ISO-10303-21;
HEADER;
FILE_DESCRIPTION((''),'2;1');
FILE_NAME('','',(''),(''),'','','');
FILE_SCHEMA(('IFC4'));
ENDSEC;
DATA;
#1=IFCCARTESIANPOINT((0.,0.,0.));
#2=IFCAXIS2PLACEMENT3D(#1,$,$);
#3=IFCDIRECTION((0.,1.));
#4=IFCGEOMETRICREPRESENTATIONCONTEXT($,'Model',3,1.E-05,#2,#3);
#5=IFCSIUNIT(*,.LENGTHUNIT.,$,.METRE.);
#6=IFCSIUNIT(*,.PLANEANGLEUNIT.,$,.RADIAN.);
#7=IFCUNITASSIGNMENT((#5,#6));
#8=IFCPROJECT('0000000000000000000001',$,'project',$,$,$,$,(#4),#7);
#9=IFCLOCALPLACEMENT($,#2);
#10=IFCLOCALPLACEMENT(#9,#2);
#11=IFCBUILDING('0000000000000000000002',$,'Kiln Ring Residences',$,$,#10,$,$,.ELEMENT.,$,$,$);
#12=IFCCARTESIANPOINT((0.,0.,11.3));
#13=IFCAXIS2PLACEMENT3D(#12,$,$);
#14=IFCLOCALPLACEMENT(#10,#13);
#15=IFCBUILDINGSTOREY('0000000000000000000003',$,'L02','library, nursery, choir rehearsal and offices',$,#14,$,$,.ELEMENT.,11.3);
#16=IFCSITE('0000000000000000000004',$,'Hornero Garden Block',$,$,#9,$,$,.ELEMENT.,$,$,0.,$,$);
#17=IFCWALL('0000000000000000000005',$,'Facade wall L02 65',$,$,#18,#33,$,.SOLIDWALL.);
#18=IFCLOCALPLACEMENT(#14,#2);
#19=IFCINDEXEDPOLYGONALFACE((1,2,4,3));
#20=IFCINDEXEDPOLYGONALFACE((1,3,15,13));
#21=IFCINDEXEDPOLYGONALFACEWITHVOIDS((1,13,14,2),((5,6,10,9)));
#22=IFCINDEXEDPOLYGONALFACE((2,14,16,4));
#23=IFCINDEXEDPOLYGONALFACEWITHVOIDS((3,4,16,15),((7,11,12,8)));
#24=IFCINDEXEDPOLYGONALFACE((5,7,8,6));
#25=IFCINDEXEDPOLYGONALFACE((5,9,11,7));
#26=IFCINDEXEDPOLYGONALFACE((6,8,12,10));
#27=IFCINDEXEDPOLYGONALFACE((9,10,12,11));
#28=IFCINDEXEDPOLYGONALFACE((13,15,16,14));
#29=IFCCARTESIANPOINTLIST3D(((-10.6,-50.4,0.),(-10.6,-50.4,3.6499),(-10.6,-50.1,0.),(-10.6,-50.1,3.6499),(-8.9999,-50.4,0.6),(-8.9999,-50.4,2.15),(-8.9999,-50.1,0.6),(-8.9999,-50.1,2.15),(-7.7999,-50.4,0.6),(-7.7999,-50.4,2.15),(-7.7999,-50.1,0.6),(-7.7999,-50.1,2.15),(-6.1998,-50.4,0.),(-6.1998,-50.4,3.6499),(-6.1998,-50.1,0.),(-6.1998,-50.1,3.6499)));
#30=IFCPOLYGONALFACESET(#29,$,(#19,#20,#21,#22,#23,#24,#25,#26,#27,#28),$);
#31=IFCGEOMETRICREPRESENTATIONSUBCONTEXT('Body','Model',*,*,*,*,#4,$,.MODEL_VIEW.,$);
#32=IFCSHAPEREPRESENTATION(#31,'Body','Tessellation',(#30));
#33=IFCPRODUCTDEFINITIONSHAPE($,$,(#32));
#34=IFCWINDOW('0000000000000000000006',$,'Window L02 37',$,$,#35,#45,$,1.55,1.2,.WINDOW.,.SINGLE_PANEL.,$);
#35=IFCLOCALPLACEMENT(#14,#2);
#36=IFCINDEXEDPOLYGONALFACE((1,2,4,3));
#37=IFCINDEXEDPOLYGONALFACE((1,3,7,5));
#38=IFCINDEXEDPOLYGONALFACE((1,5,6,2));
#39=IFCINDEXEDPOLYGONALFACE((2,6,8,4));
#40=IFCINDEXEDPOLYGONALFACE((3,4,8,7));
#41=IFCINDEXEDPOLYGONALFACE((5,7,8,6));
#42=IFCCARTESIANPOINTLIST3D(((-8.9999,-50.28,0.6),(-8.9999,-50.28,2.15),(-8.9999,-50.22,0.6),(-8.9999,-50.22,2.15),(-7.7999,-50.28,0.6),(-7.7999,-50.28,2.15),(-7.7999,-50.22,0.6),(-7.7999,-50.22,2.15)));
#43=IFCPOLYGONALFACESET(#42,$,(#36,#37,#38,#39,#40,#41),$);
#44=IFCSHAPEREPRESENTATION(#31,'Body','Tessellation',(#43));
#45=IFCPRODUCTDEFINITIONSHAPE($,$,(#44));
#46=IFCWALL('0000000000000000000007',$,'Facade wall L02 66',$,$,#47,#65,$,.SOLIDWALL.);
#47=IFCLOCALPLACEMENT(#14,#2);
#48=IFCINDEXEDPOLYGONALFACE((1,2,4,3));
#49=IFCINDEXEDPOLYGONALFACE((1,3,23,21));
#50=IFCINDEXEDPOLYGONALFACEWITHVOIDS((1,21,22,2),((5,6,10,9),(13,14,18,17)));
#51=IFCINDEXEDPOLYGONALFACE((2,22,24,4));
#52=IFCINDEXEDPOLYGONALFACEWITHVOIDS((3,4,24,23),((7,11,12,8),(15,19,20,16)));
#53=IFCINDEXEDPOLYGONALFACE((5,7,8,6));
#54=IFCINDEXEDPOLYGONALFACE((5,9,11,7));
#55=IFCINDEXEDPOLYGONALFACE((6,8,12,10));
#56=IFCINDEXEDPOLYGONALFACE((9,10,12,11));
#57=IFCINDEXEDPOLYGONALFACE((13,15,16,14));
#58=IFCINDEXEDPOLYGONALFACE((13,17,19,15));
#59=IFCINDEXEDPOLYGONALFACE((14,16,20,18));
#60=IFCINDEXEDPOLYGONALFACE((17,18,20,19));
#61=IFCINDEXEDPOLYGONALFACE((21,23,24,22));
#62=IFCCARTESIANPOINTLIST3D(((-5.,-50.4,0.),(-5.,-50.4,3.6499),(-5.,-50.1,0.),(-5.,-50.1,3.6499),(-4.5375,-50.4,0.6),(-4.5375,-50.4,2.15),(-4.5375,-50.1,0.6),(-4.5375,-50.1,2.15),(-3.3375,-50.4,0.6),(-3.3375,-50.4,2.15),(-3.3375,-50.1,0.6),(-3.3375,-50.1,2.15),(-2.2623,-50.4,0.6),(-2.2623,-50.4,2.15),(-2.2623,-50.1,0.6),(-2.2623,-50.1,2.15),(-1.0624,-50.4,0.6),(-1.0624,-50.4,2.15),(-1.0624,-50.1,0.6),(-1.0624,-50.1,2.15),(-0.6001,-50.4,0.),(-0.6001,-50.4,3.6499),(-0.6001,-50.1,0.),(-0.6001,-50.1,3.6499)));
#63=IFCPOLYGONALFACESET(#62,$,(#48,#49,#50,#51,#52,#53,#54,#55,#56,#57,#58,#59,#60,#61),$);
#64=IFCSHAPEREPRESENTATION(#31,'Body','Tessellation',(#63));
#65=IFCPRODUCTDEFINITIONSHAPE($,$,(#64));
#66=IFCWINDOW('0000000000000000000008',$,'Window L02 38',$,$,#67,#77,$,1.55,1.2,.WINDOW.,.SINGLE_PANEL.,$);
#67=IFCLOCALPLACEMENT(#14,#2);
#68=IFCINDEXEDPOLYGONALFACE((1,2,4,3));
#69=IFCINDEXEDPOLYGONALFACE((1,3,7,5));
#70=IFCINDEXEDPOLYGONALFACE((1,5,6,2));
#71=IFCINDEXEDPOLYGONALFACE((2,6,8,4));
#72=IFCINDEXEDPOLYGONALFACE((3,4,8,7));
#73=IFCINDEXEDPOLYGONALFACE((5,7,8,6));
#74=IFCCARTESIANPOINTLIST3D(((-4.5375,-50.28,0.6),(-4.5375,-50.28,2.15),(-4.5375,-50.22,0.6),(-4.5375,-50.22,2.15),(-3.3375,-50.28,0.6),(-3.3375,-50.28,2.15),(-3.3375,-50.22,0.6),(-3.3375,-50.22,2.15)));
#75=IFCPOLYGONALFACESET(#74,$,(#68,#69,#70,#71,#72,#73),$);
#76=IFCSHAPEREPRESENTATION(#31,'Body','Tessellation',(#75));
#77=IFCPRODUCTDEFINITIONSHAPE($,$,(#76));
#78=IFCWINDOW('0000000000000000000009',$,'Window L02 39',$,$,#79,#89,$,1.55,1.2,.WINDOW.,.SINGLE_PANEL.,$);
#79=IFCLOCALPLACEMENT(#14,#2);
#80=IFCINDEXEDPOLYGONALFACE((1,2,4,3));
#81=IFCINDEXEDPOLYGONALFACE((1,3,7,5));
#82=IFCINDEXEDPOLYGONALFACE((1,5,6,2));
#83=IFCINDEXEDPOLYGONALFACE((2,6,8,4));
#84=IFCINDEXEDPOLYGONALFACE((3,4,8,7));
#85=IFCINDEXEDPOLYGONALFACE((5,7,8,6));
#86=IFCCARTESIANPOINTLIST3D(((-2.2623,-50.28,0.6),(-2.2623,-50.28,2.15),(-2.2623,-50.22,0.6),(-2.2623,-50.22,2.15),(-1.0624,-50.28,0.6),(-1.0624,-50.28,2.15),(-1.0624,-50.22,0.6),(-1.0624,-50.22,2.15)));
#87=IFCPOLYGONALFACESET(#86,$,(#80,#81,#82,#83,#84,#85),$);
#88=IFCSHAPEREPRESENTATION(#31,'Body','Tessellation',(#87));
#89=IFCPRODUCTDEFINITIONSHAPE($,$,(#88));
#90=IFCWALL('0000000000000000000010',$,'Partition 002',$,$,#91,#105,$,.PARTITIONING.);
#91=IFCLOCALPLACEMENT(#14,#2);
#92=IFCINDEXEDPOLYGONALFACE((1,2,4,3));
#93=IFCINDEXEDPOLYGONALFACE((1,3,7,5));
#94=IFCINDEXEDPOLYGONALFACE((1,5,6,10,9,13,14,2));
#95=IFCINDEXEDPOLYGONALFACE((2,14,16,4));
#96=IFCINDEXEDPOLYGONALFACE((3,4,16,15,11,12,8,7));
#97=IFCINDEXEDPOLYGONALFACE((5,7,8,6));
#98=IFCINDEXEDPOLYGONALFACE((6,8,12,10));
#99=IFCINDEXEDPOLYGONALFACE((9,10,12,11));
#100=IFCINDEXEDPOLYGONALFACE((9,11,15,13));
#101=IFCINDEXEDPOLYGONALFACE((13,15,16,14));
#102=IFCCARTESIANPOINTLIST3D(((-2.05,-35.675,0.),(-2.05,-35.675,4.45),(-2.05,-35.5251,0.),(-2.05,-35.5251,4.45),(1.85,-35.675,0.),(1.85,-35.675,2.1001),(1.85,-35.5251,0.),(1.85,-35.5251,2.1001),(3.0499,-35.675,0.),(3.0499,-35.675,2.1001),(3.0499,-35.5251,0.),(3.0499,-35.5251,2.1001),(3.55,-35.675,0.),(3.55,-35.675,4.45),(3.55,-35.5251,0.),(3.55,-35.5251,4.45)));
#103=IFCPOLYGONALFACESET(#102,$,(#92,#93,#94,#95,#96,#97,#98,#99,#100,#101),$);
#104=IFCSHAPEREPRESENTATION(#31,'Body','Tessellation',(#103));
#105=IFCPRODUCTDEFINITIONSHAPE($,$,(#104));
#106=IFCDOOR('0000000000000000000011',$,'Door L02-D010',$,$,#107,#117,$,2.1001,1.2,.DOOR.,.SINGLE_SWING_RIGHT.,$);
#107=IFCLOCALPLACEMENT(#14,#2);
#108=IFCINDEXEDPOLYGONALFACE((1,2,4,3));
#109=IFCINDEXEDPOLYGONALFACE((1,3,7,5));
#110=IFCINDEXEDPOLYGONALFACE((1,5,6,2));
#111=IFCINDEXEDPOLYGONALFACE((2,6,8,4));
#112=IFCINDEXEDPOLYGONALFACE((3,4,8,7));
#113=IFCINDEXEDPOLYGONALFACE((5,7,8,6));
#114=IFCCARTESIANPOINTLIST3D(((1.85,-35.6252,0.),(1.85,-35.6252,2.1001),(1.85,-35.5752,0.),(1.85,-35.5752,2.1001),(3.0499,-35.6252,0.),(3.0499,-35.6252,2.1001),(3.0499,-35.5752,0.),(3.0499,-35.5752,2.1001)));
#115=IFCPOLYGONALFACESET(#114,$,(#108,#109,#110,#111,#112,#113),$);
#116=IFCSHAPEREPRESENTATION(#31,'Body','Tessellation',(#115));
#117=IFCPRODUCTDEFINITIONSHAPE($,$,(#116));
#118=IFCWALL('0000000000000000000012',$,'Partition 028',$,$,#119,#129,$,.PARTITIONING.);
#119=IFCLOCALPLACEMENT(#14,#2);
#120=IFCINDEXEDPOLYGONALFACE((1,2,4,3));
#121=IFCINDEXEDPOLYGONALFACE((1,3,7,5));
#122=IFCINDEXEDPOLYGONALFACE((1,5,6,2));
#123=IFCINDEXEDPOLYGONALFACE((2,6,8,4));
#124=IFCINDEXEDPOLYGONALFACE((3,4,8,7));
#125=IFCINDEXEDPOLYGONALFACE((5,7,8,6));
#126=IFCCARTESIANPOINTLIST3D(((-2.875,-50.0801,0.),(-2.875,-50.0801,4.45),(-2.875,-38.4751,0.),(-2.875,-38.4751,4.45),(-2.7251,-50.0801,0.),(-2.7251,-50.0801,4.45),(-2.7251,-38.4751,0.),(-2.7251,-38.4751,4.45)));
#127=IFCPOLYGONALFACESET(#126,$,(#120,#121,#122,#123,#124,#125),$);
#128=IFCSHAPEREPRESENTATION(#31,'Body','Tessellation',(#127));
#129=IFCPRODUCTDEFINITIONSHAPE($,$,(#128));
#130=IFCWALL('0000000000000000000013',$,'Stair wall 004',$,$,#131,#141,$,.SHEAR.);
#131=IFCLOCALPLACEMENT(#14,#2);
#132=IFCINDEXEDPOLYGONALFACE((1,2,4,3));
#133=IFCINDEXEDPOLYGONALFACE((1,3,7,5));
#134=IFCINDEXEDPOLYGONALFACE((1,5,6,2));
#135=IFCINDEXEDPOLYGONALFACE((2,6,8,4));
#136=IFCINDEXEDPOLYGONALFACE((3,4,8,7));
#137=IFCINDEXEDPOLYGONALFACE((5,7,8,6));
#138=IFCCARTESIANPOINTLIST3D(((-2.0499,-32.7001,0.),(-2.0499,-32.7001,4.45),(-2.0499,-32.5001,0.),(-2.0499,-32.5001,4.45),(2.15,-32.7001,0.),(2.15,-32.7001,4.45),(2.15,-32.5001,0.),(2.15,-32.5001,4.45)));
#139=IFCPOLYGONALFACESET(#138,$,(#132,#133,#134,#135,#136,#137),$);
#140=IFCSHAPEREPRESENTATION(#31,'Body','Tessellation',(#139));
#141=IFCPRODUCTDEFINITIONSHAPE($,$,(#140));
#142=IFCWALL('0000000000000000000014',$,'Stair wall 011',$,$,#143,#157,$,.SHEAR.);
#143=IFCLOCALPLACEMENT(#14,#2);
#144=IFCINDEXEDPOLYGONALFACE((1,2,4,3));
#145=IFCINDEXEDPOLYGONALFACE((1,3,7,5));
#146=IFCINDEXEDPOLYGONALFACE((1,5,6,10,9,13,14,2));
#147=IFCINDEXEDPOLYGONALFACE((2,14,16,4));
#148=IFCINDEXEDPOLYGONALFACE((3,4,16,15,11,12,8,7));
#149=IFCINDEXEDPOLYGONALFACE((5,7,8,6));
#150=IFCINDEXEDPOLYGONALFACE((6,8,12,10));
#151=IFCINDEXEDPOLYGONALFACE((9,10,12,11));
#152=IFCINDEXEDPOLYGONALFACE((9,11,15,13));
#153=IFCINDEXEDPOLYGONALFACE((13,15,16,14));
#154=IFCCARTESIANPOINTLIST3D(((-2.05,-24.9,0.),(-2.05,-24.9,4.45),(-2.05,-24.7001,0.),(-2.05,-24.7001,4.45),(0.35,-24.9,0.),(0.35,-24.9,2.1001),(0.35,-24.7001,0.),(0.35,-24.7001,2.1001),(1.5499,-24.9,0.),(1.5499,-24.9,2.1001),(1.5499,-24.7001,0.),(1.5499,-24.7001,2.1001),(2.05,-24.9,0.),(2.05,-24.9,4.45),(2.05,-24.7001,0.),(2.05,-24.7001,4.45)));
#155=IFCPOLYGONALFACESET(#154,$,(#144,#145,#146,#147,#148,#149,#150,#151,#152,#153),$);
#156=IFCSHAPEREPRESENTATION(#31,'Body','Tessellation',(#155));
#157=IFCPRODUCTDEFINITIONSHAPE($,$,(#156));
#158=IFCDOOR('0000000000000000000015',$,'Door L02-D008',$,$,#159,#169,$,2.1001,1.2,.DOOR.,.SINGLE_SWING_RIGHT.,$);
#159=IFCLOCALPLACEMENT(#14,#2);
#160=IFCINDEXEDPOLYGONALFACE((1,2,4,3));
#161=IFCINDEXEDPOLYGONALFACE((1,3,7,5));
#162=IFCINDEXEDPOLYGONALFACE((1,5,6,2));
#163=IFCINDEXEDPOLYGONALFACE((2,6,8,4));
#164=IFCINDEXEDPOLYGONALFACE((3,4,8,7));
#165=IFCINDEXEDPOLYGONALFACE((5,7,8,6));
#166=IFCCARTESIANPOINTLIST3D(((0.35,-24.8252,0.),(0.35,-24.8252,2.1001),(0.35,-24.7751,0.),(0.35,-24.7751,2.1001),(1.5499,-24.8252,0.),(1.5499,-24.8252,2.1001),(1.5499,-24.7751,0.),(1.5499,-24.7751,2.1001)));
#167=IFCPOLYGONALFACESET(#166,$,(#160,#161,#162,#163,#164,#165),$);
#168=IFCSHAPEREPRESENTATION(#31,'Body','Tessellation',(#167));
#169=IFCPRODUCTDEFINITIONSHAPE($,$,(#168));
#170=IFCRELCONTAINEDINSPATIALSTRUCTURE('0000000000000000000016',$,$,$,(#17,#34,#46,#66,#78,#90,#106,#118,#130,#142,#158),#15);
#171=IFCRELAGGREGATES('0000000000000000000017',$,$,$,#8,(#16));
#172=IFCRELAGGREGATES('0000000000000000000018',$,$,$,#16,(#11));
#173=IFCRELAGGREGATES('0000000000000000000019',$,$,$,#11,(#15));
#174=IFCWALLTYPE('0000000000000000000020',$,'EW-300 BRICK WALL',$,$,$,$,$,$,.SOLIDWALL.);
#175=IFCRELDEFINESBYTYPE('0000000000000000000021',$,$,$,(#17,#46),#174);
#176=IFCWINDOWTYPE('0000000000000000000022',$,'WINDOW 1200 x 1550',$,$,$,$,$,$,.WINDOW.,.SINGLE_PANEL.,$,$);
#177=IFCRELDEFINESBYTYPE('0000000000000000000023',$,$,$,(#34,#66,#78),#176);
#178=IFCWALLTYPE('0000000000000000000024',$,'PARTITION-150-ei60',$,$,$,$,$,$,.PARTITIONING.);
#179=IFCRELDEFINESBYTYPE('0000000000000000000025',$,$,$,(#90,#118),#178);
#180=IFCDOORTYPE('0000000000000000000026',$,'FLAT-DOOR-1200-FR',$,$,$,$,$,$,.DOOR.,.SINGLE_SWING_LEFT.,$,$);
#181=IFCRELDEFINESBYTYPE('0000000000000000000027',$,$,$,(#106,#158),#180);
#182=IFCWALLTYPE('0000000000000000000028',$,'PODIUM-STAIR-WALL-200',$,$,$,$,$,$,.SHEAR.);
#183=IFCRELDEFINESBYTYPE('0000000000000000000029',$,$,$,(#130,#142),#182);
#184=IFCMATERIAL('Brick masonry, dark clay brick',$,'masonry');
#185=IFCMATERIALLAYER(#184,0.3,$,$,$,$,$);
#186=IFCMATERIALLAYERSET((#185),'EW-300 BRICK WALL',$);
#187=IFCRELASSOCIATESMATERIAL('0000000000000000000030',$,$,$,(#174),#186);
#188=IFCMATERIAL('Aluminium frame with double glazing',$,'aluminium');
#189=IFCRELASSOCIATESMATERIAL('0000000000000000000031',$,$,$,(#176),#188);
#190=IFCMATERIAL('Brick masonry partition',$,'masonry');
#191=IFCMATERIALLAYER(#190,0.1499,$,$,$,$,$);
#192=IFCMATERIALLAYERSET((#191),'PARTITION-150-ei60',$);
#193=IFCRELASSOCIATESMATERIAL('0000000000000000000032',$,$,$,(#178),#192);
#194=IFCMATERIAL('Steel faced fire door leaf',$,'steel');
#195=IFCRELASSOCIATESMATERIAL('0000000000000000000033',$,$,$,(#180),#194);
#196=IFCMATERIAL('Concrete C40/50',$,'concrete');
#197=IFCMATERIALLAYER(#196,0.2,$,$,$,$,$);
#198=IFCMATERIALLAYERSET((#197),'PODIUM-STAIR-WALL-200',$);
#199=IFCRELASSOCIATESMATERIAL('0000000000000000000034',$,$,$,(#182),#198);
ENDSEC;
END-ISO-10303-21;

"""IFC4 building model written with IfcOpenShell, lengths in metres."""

from ifc_helpers import new_model, si_unit, direction, frame, frame_2d, origin, place, context, subcontext, project, spatial, rectangle, extrude, material, layer, layer_set, type_object, element, fill, save


model = new_model("IFC4")

# Units and contexts
model_context = context("Model", 3, precision=1e-05, world=origin(), true_north=direction((0.0, 1.0)))
body_context = subcontext(model_context, "Body", "Model", "MODEL_VIEW")
ifc_project = project(units=[si_unit("LENGTHUNIT", "METRE"), si_unit("PLANEANGLEUNIT", "RADIAN")], contexts=[model_context])

# Site, building, storey
site_placement = place(None, origin())
site = spatial("IfcSite", under=ifc_project, at=site_placement, Name="Hornero Garden Block", CompositionType="ELEMENT", RefElevation=0.0)
building_placement = place(site_placement, origin())
building = spatial("IfcBuilding", under=site, at=building_placement, Name="Kiln Ring Residences", CompositionType="ELEMENT")
storey_placement = place(building_placement, frame((0.0, 0.0, 11.3)))
storey = spatial("IfcBuildingStorey", under=building, at=storey_placement, Name="L02", Description="library, nursery, choir rehearsal and offices", CompositionType="ELEMENT", Elevation=11.3)

# Wall, opening, window
ifc_material_1 = material(Name="Brick masonry, dark clay brick", Category="masonry")
ifc_layer_1 = layer(ifc_material_1, 0.3)
ifc_layer_set_1 = layer_set([ifc_layer_1], Name="EW-300 BRICK WALL")
wall_type_1 = type_object("IfcWallType", Name="EW-300 BRICK WALL", PredefinedType="SOLIDWALL", material=ifc_layer_set_1)
wall_1_placement = place(storey_placement, frame((-10.6001, -50.25, 0.0), z_axis=(0.0, 0.0, 1.0), x_axis=(1.0, 0.0, 0.0)))
wall_1 = element("IfcWall", 1, at=wall_1_placement, inside=storey, type_object=wall_type_1, Name="Facade wall L02 65", PredefinedType="SOLIDWALL", context=body_context, shape_type="SweptSolid", body=[
    extrude(rectangle(XDim=4.4001, YDim=0.3, at=frame_2d((2.2002, 0.0))), origin(), (0.0, 0.0, 1.0), 3.6499),
])
opening_1_placement = place(wall_1_placement, frame((1.6001, 0.0, 0.6001)))
opening_1 = element("IfcOpeningElement", 2, at=opening_1_placement, cuts=wall_1, PredefinedType="OPENING", context=body_context, shape_type="SweptSolid", body=[
    extrude(rectangle(XDim=1.2, YDim=1.55, at=frame_2d((0.6001, 0.7749))), frame((0.0, 0.1599, 0.0), z_axis=(0.0, -1.0, 0.0), x_axis=(1.0, 0.0, 0.0)), (0.0, 0.0, 1.0), 0.3201),
])
ifc_material_2 = material(Name="Aluminium frame with double glazing", Category="aluminium")
window_type = type_object("IfcWindowType", Name="WINDOW 1200 x 1550", PartitioningType="SINGLE_PANEL", PredefinedType="WINDOW", material=ifc_material_2)
window_1_placement = place(opening_1_placement, origin())
window_1 = element("IfcWindow", 3, at=window_1_placement, inside=storey, type_object=window_type, Name="Window L02 37", OverallHeight=1.55, OverallWidth=1.2, PartitioningType="SINGLE_PANEL", PredefinedType="WINDOW", context=body_context, shape_type="SweptSolid", body=[
    extrude(rectangle(XDim=1.2, YDim=1.55, at=frame_2d((0.6001, 0.7749))), frame((0.0, 0.03, 0.0), z_axis=(0.0, -1.0, 0.0), x_axis=(1.0, 0.0, 0.0)), (0.0, 0.0, 1.0), 0.0601),
])
fill(opening_1, window_1)

# Wall, openings, windows
wall_2_placement = place(storey_placement, frame((-5.0, -50.25, 0.0), z_axis=(0.0, 0.0, 1.0), x_axis=(1.0, 0.0, 0.0)))
wall_2 = element("IfcWall", 4, at=wall_2_placement, inside=storey, type_object=wall_type_1, Name="Facade wall L02 66", PredefinedType="SOLIDWALL", context=body_context, shape_type="SweptSolid", body=[
    extrude(rectangle(XDim=4.3999, YDim=0.3, at=frame_2d((2.2, 0.0))), origin(), (0.0, 0.0, 1.0), 3.6499),
])
opening_2_placement = place(wall_2_placement, frame((0.4624, 0.0, 0.6001)))
opening_2 = element("IfcOpeningElement", 5, at=opening_2_placement, cuts=wall_2, PredefinedType="OPENING", context=body_context, shape_type="SweptSolid", body=[
    extrude(rectangle(XDim=1.2, YDim=1.55, at=frame_2d((0.6001, 0.7749))), frame((0.0, 0.1599, 0.0), z_axis=(0.0, -1.0, 0.0), x_axis=(1.0, 0.0, 0.0)), (0.0, 0.0, 1.0), 0.3201),
])
opening_3_placement = place(wall_2_placement, frame((2.7375, 0.0, 0.6001)))
opening_3 = element("IfcOpeningElement", 6, at=opening_3_placement, cuts=wall_2, PredefinedType="OPENING", context=body_context, shape_type="SweptSolid", body=[
    extrude(rectangle(XDim=1.2, YDim=1.55, at=frame_2d((0.6001, 0.7749))), frame((0.0, 0.1599, 0.0), z_axis=(0.0, -1.0, 0.0), x_axis=(1.0, 0.0, 0.0)), (0.0, 0.0, 1.0), 0.3201),
])
window_2_placement = place(opening_2_placement, origin())
window_2 = element("IfcWindow", 7, at=window_2_placement, inside=storey, type_object=window_type, Name="Window L02 38", OverallHeight=1.55, OverallWidth=1.2, PartitioningType="SINGLE_PANEL", PredefinedType="WINDOW", context=body_context, shape_type="SweptSolid", body=[
    extrude(rectangle(XDim=1.2, YDim=1.55, at=frame_2d((0.6001, 0.7749))), frame((0.0, 0.03, 0.0), z_axis=(0.0, -1.0, 0.0), x_axis=(1.0, 0.0, 0.0)), (0.0, 0.0, 1.0), 0.0601),
])
fill(opening_2, window_2)
window_3_placement = place(opening_3_placement, origin())
window_3 = element("IfcWindow", 8, at=window_3_placement, inside=storey, type_object=window_type, Name="Window L02 39", OverallHeight=1.55, OverallWidth=1.2, PartitioningType="SINGLE_PANEL", PredefinedType="WINDOW", context=body_context, shape_type="SweptSolid", body=[
    extrude(rectangle(XDim=1.2, YDim=1.55, at=frame_2d((0.6001, 0.7749))), frame((0.0, 0.03, 0.0), z_axis=(0.0, -1.0, 0.0), x_axis=(1.0, 0.0, 0.0)), (0.0, 0.0, 1.0), 0.0601),
])
fill(opening_3, window_3)

# Wall, opening, door
ifc_material_3 = material(Name="Brick masonry partition", Category="masonry")
ifc_layer_2 = layer(ifc_material_3, 0.1499)
ifc_layer_set_2 = layer_set([ifc_layer_2], Name="PARTITION-150-ei60")
wall_type_2 = type_object("IfcWallType", Name="PARTITION-150-ei60", PredefinedType="PARTITIONING", material=ifc_layer_set_2)
wall_3_placement = place(storey_placement, frame((-2.05, -35.6001, 0.0), z_axis=(0.0, 0.0, 1.0), x_axis=(1.0, 0.0, 0.0)))
wall_3 = element("IfcWall", 9, at=wall_3_placement, inside=storey, type_object=wall_type_2, Name="Partition 002", PredefinedType="PARTITIONING", context=body_context, shape_type="SweptSolid", body=[
    extrude(rectangle(XDim=5.6001, YDim=0.1499, at=frame_2d((2.8, 0.0))), origin(), (0.0, 0.0, 1.0), 4.45),
])
opening_4_placement = place(wall_3_placement, frame((3.8999, 0.0, 0.0)))
opening_4 = element("IfcOpeningElement", 10, at=opening_4_placement, cuts=wall_3, PredefinedType="OPENING", context=body_context, shape_type="SweptSolid", body=[
    extrude(rectangle(XDim=1.2, YDim=2.1001, at=frame_2d((0.6001, 1.05))), frame((0.0, 0.085, 0.0), z_axis=(0.0, -1.0, 0.0), x_axis=(1.0, 0.0, 0.0)), (0.0, 0.0, 1.0), 0.1699),
])
ifc_material_4 = material(Name="Steel faced fire door leaf", Category="steel")
door_type = type_object("IfcDoorType", Name="FLAT-DOOR-1200-FR", OperationType="SINGLE_SWING_LEFT", PredefinedType="DOOR", material=ifc_material_4)
door_1_placement = place(opening_4_placement, origin())
door_1 = element("IfcDoor", 11, at=door_1_placement, inside=storey, type_object=door_type, Name="Door L02-D010", OperationType="SINGLE_SWING_RIGHT", OverallHeight=2.1001, OverallWidth=1.2, PredefinedType="DOOR", context=body_context, shape_type="SweptSolid", body=[
    extrude(rectangle(XDim=1.2, YDim=2.1001, at=frame_2d((0.6001, 1.05))), frame((0.0, 0.0249, 0.0), z_axis=(0.0, -1.0, 0.0), x_axis=(1.0, 0.0, 0.0)), (0.0, 0.0, 1.0), 0.05),
])
fill(opening_4, door_1)

# Walls
wall_4_placement = place(storey_placement, frame((-2.8, -50.0801, 0.0), z_axis=(0.0, 0.0, 1.0), x_axis=(0.0, 1.0, 0.0)))
element("IfcWall", 12, at=wall_4_placement, inside=storey, type_object=wall_type_2, Name="Partition 028", PredefinedType="PARTITIONING", context=body_context, shape_type="SweptSolid", body=[
    extrude(rectangle(XDim=11.605, YDim=0.1499, at=frame_2d((5.8025, 0.0))), origin(), (0.0, 0.0, 1.0), 4.45),
])
ifc_material_5 = material(Name="Concrete C40/50", Category="concrete")
ifc_layer_3 = layer(ifc_material_5, 0.2)
ifc_layer_set_3 = layer_set([ifc_layer_3], Name="PODIUM-STAIR-WALL-200")
wall_type_3 = type_object("IfcWallType", Name="PODIUM-STAIR-WALL-200", PredefinedType="SHEAR", material=ifc_layer_set_3)
wall_5_placement = place(storey_placement, frame((-2.05, -32.6001, 0.0), z_axis=(0.0, 0.0, 1.0), x_axis=(1.0, 0.0, 0.0)))
element("IfcWall", 13, at=wall_5_placement, inside=storey, type_object=wall_type_3, Name="Stair wall 004", PredefinedType="SHEAR", context=body_context, shape_type="SweptSolid", body=[
    extrude(rectangle(XDim=4.2, YDim=0.2, at=frame_2d((2.1001, 0.0))), origin(), (0.0, 0.0, 1.0), 4.45),
])

# Wall, opening, door
wall_6_placement = place(storey_placement, frame((-2.05, -24.8, 0.0), z_axis=(0.0, 0.0, 1.0), x_axis=(1.0, 0.0, 0.0)))
wall_6 = element("IfcWall", 14, at=wall_6_placement, inside=storey, type_object=wall_type_3, Name="Stair wall 011", PredefinedType="SHEAR", context=body_context, shape_type="SweptSolid", body=[
    extrude(rectangle(XDim=4.1001, YDim=0.2, at=frame_2d((2.05, 0.0))), origin(), (0.0, 0.0, 1.0), 4.45),
])
opening_5_placement = place(wall_6_placement, frame((2.3999, 0.0, 0.0)))
opening_5 = element("IfcOpeningElement", 15, at=opening_5_placement, cuts=wall_6, PredefinedType="OPENING", context=body_context, shape_type="SweptSolid", body=[
    extrude(rectangle(XDim=1.2, YDim=2.1001, at=frame_2d((0.6001, 1.05))), frame((0.0, 0.1099, 0.0), z_axis=(0.0, -1.0, 0.0), x_axis=(1.0, 0.0, 0.0)), (0.0, 0.0, 1.0), 0.22),
])
door_2_placement = place(opening_5_placement, origin())
door_2 = element("IfcDoor", 16, at=door_2_placement, inside=storey, type_object=door_type, Name="Door L02-D008", OperationType="SINGLE_SWING_RIGHT", OverallHeight=2.1001, OverallWidth=1.2, PredefinedType="DOOR", context=body_context, shape_type="SweptSolid", body=[
    extrude(rectangle(XDim=1.2, YDim=2.1001, at=frame_2d((0.6001, 1.05))), frame((0.0, 0.0249, 0.0), z_axis=(0.0, -1.0, 0.0), x_axis=(1.0, 0.0, 0.0)), (0.0, 0.0, 1.0), 0.05),
])
fill(opening_5, door_2)

save(model, "model.ifc")
